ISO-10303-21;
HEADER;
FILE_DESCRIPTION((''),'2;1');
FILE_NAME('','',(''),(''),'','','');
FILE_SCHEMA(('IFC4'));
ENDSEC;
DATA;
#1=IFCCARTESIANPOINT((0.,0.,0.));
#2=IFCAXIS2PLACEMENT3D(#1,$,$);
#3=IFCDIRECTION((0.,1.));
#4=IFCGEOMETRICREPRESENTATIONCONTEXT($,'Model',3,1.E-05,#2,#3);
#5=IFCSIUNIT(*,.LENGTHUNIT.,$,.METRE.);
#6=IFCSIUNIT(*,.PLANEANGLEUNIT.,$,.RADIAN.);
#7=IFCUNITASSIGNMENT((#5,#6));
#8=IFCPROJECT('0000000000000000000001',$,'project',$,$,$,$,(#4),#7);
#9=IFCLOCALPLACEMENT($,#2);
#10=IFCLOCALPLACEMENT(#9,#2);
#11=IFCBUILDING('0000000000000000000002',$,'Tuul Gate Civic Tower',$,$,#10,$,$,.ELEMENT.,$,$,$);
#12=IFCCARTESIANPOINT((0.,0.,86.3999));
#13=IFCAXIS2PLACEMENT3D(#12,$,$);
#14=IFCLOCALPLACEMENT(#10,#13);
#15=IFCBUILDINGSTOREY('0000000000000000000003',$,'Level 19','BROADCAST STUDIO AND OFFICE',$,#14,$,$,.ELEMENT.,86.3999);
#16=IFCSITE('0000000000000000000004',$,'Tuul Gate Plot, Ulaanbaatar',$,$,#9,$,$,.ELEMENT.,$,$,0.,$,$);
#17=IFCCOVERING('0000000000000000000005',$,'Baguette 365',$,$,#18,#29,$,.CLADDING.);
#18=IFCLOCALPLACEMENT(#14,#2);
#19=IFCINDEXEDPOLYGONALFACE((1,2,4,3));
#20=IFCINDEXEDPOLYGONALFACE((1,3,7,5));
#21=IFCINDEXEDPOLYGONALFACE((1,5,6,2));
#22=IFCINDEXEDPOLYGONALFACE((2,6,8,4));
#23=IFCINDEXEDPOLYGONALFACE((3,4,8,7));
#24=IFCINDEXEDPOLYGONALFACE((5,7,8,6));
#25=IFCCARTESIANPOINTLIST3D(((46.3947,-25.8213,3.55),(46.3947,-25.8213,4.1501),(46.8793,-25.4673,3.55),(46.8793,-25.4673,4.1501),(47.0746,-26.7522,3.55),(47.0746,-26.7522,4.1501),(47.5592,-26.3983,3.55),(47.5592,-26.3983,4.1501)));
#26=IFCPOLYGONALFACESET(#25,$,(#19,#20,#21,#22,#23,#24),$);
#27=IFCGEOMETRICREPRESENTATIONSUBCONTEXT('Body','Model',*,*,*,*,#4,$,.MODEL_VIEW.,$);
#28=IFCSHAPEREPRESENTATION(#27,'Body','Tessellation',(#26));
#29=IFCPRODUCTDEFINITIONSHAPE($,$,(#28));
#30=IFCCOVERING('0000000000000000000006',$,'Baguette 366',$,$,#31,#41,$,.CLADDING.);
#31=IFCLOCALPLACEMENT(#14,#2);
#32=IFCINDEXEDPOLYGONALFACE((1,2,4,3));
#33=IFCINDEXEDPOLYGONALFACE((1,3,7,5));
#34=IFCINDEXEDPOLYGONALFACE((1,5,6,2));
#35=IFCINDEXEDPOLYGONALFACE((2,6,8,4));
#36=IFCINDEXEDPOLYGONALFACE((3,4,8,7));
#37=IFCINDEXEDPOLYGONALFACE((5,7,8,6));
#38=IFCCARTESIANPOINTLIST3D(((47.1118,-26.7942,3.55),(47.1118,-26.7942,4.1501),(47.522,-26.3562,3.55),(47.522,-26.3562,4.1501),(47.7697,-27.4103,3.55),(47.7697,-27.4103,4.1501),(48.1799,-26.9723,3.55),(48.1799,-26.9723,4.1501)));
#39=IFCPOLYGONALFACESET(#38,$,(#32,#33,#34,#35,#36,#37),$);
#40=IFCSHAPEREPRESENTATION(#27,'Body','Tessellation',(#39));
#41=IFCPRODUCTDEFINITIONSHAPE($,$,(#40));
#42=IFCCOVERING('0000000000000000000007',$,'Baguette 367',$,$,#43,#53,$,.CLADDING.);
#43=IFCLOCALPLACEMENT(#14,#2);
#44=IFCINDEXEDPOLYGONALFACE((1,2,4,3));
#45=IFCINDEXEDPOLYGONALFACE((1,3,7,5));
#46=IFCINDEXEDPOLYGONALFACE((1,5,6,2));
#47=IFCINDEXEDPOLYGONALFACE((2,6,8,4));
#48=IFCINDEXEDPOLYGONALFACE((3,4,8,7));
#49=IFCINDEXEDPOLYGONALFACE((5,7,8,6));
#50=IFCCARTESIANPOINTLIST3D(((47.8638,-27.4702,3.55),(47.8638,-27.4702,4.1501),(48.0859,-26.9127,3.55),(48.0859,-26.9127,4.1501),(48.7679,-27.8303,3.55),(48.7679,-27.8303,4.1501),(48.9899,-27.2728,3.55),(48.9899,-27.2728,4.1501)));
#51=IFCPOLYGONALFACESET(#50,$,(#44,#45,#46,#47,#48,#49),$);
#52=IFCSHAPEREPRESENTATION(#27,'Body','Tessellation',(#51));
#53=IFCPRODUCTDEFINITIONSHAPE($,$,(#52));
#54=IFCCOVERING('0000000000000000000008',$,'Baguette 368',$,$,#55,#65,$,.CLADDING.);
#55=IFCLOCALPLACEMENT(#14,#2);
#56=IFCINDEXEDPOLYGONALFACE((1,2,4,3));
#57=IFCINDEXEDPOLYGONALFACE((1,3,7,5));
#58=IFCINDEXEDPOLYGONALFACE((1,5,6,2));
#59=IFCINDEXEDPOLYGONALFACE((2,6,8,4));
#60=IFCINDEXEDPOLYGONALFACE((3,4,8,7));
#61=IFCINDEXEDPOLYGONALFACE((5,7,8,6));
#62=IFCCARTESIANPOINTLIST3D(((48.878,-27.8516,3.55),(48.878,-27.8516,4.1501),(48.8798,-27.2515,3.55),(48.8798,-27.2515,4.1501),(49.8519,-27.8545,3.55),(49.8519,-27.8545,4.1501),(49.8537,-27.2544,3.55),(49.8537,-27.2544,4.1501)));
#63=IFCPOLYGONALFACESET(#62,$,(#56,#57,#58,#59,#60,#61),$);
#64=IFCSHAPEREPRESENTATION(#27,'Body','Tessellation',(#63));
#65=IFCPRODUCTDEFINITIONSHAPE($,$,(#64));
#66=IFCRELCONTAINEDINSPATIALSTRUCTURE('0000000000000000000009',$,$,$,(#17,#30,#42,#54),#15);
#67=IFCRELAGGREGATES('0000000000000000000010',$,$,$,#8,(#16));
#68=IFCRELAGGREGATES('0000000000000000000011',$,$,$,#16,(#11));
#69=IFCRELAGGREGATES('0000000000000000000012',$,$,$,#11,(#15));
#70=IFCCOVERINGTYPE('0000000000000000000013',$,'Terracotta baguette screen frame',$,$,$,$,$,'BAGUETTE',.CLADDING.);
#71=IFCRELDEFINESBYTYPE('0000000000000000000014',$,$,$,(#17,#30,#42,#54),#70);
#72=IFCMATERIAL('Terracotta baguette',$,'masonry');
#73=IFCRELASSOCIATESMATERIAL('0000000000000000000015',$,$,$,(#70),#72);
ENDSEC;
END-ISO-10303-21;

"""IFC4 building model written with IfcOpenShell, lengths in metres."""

from ifc_helpers import new_model, si_unit, direction, frame, origin, origin_2d, place, context, subcontext, project, spatial, rectangle, extrude, material, material_profile, profile_set, type_object, element, save


model = new_model("IFC4")

# Units and contexts
model_context = context("Model", 3, precision=1e-05, world=origin(), true_north=direction((0.0, 1.0)))
body_context = subcontext(model_context, "Body", "Model", "MODEL_VIEW")
ifc_project = project(units=[si_unit("LENGTHUNIT", "METRE"), si_unit("PLANEANGLEUNIT", "RADIAN")], contexts=[model_context])

# Site, building, storey
site_placement = place(None, origin())
site = spatial("IfcSite", under=ifc_project, at=site_placement, Name="Tuul Gate Plot, Ulaanbaatar", CompositionType="ELEMENT", RefElevation=0.0)
building_placement = place(site_placement, origin())
building = spatial("IfcBuilding", under=site, at=building_placement, Name="Tuul Gate Civic Tower", CompositionType="ELEMENT")
storey_placement = place(building_placement, frame((0.0, 0.0, 86.3999)))
storey = spatial("IfcBuildingStorey", under=building, at=storey_placement, Name="Level 19", Description="BROADCAST STUDIO AND OFFICE", CompositionType="ELEMENT", Elevation=86.3999)

# Coverings
ifc_material_1 = material(Name="Terracotta baguette", Category="masonry")
ifc_material_profile_1 = material_profile(ifc_material_1, rectangle(XDim=0.6001, YDim=0.6001, at=origin_2d()), Name="Terracotta baguette screen frame")
ifc_profile_set_1 = profile_set([ifc_material_profile_1], Name="Terracotta baguette")
covering_type = type_object("IfcCoveringType", Name="Terracotta baguette screen frame", ElementType="BAGUETTE", PredefinedType="CLADDING", material=ifc_profile_set_1)
covering_1_placement = place(storey_placement, frame((46.637, -25.6443, 3.8501), z_axis=(0.58982, -0.807535, 0.0), x_axis=(0.807535, 0.58982, 0.0)))
element("IfcCovering", 1, at=covering_1_placement, inside=storey, type_object=covering_type, Name="Baguette 365", PredefinedType="CLADDING", context=body_context, shape_type="SweptSolid", body=[
    extrude(rectangle(XDim=0.6001, YDim=0.6001, at=origin_2d()), origin(), (0.0, 0.0, 1.0), 1.1528),
])
covering_2_placement = place(storey_placement, frame((47.3169, -26.5752, 3.8501), z_axis=(0.729883, -0.683572, 0.0), x_axis=(0.683572, 0.729883, 0.0)))
element("IfcCovering", 2, at=covering_2_placement, inside=storey, type_object=covering_type, Name="Baguette 366", PredefinedType="CLADDING", context=body_context, shape_type="SweptSolid", body=[
    extrude(rectangle(XDim=0.6001, YDim=0.6001, at=origin_2d()), origin(), (0.0, 0.0, 1.0), 0.9014),
])
covering_3_placement = place(storey_placement, frame((47.9749, -27.1914, 3.8501), z_axis=(0.929012, -0.370049, 0.0), x_axis=(0.370049, 0.929012, 0.0)))
element("IfcCovering", 3, at=covering_3_placement, inside=storey, type_object=covering_type, Name="Baguette 367", PredefinedType="CLADDING", context=body_context, shape_type="SweptSolid", body=[
    extrude(rectangle(XDim=0.6001, YDim=0.6001, at=origin_2d()), origin(), (0.0, 0.0, 1.0), 0.9731),
])
covering_4_placement = place(storey_placement, frame((48.8789, -27.5515, 3.8501), z_axis=(0.999995, -0.003008, 0.0), x_axis=(0.003008, 0.999995, 0.0)))
element("IfcCovering", 4, at=covering_4_placement, inside=storey, type_object=covering_type, Name="Baguette 368", PredefinedType="CLADDING", context=body_context, shape_type="SweptSolid", body=[
    extrude(rectangle(XDim=0.6001, YDim=0.6001, at=origin_2d()), origin(), (0.0, 0.0, 1.0), 0.9739),
])

save(model, "model.ifc")
